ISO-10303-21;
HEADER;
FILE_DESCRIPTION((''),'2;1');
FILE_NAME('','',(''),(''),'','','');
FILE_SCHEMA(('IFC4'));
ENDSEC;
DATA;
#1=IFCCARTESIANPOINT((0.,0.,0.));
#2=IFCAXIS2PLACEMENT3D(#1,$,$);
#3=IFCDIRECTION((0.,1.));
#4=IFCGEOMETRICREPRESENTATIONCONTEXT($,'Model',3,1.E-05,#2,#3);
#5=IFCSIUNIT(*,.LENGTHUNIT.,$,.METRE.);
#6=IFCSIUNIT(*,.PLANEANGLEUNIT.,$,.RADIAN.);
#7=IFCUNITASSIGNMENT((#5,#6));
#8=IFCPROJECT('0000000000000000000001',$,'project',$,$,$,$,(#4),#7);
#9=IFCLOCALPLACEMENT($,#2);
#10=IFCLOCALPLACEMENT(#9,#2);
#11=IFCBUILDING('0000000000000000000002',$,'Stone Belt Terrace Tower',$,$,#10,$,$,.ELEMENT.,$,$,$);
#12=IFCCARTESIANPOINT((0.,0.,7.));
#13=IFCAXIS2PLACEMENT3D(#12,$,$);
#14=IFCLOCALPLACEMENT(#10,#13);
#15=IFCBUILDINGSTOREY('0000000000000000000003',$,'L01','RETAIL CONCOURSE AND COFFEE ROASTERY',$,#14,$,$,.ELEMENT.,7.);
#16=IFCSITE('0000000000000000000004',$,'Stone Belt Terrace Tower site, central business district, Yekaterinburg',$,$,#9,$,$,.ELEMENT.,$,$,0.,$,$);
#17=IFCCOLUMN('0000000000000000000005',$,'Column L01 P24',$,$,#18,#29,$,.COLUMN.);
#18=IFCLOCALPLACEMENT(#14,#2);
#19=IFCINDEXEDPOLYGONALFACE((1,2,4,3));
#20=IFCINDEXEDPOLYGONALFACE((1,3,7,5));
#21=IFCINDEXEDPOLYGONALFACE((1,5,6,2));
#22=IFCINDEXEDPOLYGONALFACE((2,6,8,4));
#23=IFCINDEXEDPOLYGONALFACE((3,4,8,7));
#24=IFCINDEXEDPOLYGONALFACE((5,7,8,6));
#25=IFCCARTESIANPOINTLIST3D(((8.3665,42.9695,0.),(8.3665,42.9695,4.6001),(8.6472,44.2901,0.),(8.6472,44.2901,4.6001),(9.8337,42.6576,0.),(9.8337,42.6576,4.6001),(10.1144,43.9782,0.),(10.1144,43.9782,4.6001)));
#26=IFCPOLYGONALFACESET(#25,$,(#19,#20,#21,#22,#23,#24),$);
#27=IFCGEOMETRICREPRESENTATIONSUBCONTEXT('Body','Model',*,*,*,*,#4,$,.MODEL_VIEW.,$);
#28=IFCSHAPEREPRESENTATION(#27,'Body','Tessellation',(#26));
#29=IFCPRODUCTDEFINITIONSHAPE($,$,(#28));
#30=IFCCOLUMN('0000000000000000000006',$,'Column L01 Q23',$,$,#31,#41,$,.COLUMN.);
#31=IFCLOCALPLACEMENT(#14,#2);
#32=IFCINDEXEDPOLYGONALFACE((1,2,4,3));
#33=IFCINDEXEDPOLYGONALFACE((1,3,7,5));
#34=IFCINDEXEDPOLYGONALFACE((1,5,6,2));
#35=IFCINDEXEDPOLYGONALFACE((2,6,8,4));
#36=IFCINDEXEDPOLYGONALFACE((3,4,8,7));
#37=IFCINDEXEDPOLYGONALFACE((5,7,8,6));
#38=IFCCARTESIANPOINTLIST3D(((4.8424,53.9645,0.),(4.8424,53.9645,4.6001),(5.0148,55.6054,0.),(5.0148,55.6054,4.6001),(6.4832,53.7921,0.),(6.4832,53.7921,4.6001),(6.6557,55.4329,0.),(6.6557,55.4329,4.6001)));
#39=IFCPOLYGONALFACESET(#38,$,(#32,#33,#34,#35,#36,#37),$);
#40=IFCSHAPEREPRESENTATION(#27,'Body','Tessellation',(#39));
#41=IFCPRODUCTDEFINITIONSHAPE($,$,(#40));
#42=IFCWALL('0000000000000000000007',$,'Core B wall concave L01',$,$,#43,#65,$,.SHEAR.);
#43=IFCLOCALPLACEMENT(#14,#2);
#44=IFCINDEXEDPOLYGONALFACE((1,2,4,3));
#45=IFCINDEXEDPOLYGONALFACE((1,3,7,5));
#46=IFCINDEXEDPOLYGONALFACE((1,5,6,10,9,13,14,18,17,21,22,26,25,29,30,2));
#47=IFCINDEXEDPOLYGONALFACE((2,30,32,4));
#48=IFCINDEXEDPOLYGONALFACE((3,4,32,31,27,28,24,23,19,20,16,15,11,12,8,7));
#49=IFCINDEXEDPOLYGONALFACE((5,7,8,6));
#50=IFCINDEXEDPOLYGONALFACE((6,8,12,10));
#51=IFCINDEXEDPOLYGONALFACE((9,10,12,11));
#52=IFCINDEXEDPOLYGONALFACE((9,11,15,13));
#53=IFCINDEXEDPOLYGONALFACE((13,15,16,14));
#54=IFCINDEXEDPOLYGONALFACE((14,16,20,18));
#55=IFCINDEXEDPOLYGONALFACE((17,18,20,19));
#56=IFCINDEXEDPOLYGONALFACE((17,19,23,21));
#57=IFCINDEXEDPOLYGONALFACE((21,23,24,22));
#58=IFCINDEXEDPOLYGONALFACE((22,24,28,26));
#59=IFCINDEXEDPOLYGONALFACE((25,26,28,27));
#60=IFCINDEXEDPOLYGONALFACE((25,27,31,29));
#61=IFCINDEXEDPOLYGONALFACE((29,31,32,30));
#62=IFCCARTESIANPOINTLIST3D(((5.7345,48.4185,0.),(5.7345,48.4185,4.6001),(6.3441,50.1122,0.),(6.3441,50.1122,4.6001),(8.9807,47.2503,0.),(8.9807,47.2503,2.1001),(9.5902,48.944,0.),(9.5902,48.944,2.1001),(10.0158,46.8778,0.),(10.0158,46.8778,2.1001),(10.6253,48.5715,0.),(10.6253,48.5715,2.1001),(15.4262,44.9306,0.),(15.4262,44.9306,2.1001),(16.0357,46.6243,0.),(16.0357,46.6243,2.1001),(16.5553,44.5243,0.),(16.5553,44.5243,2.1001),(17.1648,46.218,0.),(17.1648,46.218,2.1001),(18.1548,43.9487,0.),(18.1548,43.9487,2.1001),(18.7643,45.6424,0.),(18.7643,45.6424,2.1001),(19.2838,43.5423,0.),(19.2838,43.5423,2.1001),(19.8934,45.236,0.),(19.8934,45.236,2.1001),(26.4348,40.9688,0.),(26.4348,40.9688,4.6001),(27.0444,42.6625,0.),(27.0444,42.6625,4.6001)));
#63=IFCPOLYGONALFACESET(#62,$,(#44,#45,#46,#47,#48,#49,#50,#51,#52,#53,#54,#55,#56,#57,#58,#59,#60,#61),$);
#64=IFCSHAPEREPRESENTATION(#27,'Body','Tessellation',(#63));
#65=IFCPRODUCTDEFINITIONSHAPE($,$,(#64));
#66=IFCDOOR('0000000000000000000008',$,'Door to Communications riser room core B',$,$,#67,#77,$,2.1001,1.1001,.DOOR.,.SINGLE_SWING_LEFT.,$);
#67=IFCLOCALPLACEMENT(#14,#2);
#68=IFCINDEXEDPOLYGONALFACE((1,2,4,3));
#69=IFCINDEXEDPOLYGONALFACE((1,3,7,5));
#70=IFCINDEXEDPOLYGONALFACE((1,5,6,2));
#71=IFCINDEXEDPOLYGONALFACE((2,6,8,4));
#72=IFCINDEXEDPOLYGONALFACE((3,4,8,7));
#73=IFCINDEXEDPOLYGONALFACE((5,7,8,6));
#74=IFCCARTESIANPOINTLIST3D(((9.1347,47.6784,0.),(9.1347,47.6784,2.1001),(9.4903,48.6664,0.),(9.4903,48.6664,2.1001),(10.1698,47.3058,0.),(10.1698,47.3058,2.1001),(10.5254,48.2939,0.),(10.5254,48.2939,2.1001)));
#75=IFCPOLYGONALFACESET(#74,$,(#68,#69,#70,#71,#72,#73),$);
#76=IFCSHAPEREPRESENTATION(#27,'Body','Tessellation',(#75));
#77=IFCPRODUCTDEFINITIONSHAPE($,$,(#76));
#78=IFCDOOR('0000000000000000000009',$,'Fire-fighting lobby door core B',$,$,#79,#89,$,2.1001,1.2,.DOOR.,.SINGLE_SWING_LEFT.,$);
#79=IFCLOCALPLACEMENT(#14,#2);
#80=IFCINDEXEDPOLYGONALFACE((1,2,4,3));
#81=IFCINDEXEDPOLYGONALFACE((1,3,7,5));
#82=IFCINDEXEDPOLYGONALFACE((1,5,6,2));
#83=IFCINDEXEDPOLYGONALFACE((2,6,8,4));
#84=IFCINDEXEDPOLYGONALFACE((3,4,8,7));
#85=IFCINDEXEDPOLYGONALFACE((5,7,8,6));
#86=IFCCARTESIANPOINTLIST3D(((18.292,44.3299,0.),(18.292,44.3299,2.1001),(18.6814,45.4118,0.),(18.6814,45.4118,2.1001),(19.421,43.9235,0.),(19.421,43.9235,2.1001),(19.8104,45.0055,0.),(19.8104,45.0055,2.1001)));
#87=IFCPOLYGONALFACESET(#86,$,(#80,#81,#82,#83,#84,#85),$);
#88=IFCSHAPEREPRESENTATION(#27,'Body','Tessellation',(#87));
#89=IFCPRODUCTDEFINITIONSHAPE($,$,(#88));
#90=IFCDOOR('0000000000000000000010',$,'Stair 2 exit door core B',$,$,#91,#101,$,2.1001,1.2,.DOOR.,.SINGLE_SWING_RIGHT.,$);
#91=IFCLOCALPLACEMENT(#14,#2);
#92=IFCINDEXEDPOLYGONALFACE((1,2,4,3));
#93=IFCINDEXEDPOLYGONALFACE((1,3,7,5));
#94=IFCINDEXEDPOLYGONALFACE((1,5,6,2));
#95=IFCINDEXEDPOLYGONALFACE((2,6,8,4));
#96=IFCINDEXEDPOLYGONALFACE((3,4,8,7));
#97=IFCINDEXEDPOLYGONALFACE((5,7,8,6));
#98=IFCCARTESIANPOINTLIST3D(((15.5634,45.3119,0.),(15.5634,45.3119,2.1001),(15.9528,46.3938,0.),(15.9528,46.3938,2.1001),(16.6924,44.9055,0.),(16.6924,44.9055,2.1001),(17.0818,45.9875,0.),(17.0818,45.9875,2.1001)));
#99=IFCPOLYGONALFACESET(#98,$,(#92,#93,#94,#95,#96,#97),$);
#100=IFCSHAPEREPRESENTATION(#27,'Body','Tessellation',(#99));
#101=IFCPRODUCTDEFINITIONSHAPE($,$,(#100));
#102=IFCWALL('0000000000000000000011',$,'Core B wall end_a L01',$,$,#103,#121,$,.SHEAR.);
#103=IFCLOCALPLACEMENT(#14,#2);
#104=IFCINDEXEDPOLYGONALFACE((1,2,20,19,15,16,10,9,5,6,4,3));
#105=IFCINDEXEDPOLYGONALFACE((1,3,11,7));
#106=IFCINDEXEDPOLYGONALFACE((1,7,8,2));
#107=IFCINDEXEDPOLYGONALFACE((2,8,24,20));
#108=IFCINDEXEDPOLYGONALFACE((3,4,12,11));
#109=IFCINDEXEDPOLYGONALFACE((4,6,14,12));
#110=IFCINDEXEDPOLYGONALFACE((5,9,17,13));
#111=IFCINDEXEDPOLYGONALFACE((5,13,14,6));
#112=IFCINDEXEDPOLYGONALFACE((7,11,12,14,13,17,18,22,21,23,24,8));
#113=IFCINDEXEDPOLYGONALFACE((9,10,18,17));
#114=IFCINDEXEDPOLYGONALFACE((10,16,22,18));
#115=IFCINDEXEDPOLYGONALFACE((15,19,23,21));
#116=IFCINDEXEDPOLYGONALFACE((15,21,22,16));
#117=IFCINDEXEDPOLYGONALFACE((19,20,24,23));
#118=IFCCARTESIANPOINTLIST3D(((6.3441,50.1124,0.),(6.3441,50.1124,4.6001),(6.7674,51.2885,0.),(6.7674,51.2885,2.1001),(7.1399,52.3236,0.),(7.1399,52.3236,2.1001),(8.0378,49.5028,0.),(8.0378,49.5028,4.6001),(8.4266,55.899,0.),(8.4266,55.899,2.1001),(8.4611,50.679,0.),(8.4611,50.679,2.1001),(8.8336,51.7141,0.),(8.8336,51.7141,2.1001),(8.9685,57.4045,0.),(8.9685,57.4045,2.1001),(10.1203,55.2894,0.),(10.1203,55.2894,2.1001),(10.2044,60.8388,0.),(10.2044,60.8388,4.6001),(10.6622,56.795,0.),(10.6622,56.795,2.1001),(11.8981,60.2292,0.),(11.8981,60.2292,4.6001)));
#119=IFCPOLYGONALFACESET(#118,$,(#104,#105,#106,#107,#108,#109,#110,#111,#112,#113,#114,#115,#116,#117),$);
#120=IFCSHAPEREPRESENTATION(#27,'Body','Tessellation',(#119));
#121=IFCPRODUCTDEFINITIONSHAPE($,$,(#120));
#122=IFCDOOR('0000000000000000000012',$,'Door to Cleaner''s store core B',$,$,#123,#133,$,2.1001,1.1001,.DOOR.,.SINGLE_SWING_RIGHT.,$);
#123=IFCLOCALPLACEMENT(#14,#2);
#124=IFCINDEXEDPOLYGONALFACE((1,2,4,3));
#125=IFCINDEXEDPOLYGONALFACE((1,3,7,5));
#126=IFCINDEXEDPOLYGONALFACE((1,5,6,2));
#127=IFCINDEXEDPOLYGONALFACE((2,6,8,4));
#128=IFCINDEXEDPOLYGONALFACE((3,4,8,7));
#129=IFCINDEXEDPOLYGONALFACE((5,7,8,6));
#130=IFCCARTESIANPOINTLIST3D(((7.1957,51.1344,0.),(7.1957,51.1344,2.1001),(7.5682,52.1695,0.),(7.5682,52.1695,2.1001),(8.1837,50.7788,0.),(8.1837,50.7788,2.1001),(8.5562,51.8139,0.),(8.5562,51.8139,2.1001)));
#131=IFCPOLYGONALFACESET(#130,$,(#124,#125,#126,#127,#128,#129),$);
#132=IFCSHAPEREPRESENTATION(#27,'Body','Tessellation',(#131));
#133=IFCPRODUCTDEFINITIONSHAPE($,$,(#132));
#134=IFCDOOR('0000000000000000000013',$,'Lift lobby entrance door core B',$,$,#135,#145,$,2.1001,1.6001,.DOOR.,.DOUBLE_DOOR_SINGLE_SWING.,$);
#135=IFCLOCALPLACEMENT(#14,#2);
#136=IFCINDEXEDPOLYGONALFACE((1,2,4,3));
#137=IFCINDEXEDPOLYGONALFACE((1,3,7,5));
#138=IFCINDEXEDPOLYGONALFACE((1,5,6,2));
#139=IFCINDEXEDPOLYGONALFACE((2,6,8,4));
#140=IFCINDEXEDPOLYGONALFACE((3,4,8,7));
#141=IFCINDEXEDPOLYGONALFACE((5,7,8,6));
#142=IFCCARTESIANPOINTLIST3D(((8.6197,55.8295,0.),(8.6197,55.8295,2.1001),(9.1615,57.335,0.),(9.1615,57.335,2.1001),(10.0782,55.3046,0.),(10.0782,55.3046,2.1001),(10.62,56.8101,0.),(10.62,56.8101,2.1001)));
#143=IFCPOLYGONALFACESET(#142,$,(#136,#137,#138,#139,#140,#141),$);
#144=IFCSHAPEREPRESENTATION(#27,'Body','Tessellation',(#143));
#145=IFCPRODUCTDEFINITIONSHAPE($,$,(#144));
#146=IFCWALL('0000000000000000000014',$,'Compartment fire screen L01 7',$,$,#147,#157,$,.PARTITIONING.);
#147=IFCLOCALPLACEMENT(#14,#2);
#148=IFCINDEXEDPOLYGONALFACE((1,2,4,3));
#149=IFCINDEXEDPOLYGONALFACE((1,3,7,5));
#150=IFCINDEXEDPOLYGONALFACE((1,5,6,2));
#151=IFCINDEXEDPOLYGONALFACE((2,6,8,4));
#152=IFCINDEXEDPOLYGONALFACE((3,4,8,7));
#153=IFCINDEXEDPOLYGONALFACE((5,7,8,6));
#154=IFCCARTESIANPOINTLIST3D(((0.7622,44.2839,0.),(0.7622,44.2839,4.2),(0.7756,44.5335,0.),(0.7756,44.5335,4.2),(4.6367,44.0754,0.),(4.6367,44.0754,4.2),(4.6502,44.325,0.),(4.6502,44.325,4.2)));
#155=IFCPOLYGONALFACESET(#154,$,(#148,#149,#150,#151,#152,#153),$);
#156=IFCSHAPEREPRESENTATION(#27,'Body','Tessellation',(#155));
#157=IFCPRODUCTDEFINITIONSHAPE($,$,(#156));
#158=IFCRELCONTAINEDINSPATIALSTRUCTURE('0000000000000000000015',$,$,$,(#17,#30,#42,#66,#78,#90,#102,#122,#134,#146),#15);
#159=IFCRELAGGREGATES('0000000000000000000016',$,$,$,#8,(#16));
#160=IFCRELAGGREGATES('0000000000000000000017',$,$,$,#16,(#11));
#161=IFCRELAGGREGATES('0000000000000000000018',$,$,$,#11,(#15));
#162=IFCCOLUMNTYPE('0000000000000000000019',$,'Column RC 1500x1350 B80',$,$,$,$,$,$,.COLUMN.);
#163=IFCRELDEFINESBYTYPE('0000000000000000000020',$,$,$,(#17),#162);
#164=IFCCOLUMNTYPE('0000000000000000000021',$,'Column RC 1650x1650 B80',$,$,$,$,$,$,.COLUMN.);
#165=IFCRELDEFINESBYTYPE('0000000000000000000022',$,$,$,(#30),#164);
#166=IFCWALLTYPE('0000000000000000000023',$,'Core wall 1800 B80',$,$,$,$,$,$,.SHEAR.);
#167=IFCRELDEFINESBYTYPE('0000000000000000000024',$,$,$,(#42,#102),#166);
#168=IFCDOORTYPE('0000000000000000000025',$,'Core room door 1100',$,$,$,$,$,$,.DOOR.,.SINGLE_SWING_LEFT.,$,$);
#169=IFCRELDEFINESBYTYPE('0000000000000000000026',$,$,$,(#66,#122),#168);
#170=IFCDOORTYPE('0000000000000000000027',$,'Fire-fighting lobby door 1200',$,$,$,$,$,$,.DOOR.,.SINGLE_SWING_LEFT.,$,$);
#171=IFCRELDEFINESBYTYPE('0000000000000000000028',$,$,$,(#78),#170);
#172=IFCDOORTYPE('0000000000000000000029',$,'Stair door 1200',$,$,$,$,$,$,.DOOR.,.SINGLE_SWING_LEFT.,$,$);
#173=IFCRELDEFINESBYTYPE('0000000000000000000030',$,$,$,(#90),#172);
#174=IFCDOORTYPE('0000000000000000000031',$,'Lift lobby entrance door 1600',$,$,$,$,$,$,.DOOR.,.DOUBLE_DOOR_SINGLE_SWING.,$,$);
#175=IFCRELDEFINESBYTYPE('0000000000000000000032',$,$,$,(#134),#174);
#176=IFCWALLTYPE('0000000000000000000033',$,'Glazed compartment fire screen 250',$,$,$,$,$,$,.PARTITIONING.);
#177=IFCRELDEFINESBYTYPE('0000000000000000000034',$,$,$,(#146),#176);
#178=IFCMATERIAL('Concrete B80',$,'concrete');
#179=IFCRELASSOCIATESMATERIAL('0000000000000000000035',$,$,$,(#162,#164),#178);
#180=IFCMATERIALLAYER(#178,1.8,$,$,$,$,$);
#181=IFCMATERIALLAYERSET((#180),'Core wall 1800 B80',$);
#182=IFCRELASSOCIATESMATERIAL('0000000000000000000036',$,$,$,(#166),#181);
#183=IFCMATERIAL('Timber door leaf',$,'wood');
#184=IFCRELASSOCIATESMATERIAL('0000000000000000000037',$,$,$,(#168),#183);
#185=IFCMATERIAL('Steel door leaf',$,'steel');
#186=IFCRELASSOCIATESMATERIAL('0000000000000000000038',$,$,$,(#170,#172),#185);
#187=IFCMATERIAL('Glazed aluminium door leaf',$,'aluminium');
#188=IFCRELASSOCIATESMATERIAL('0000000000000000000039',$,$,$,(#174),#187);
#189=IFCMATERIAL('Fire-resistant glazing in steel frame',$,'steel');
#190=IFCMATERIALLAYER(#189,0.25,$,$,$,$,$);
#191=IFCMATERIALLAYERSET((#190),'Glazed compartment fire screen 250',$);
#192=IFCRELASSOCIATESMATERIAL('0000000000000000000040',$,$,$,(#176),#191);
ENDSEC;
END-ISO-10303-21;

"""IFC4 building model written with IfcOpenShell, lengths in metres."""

from ifc_helpers import new_model, si_unit, direction, frame, frame_2d, origin, origin_2d, place, context, subcontext, project, spatial, rectangle, extrude, material, layer, layer_set, material_profile, profile_set, type_object, element, fill, save


model = new_model("IFC4")

# Units and contexts
model_context = context("Model", 3, precision=1e-05, world=origin(), true_north=direction((0.0, 1.0)))
body_context = subcontext(model_context, "Body", "Model", "MODEL_VIEW")
ifc_project = project(units=[si_unit("LENGTHUNIT", "METRE"), si_unit("PLANEANGLEUNIT", "RADIAN")], contexts=[model_context])

# Site, building, storey
site_placement = place(None, origin())
site = spatial("IfcSite", under=ifc_project, at=site_placement, Name="Stone Belt Terrace Tower site, central business district, Yekaterinburg", CompositionType="ELEMENT", RefElevation=0.0)
building_placement = place(site_placement, origin())
building = spatial("IfcBuilding", under=site, at=building_placement, Name="Stone Belt Terrace Tower", CompositionType="ELEMENT")
storey_placement = place(building_placement, frame((0.0, 0.0, 7.0)))
storey = spatial("IfcBuildingStorey", under=building, at=storey_placement, Name="L01", Description="RETAIL CONCOURSE AND COFFEE ROASTERY", CompositionType="ELEMENT", Elevation=7.0)

# Columns
ifc_material_1 = material(Name="Concrete B80", Category="concrete")
ifc_material_profile_1 = material_profile(ifc_material_1, rectangle(XDim=1.5, YDim=1.3501, at=origin_2d()), Name="RC 1500x1350")
ifc_profile_set_1 = profile_set([ifc_material_profile_1], Name="Concrete B80")
column_type_1 = type_object("IfcColumnType", Name="Column RC 1500x1350 B80", PredefinedType="COLUMN", material=ifc_profile_set_1)
column_1_placement = place(storey_placement, frame((9.2405, 43.4739, 0.0), z_axis=(0.0, 0.0, 1.0), x_axis=(0.978148, -0.207912, 0.0)))
element("IfcColumn", 1, at=column_1_placement, inside=storey, type_object=column_type_1, Name="Column L01 P24", PredefinedType="COLUMN", context=body_context, shape_type="SweptSolid", body=[
    extrude(rectangle(XDim=1.5, YDim=1.3501, at=origin_2d()), origin(), (0.0, 0.0, 1.0), 4.6001),
])
ifc_material_profile_2 = material_profile(ifc_material_1, rectangle(XDim=1.6499, YDim=1.6499, at=origin_2d()), Name="RC 1650x1650")
ifc_profile_set_2 = profile_set([ifc_material_profile_2], Name="Concrete B80")
column_type_2 = type_object("IfcColumnType", Name="Column RC 1650x1650 B80", PredefinedType="COLUMN", material=ifc_profile_set_2)
column_2_placement = place(storey_placement, frame((5.749, 54.6987, 0.0), z_axis=(0.0, 0.0, 1.0), x_axis=(0.994522, -0.104528, 0.0)))
element("IfcColumn", 2, at=column_2_placement, inside=storey, type_object=column_type_2, Name="Column L01 Q23", PredefinedType="COLUMN", context=body_context, shape_type="SweptSolid", body=[
    extrude(rectangle(XDim=1.6499, YDim=1.6499, at=origin_2d()), origin(), (0.0, 0.0, 1.0), 4.6001),
])

# Walls, openings, doors
ifc_layer_1 = layer(ifc_material_1, 1.8)
ifc_layer_set_1 = layer_set([ifc_layer_1], Name="Core wall 1800 B80")
wall_type_1 = type_object("IfcWallType", Name="Core wall 1800 B80", PredefinedType="SHEAR", material=ifc_layer_set_1)
wall_1_placement = place(storey_placement, frame((6.0393, 49.2654, 0.0), z_axis=(0.0, 0.0, 1.0), x_axis=(0.940922, -0.338624, 0.0)))
wall_1 = element("IfcWall", 3, at=wall_1_placement, inside=storey, type_object=wall_type_1, Name="Core B wall concave L01", PredefinedType="SHEAR", context=body_context, shape_type="SweptSolid", body=[
    extrude(rectangle(XDim=22.0, YDim=1.8, at=frame_2d((11.0, 0.0))), origin(), (0.0, 0.0, 1.0), 4.6001),
])
opening_1_placement = place(wall_1_placement, frame((13.2, 0.0, 0.0)))
opening_1 = element("IfcOpeningElement", 4, at=opening_1_placement, cuts=wall_1, PredefinedType="OPENING", context=body_context, shape_type="SweptSolid", body=[
    extrude(rectangle(XDim=1.2, YDim=2.1001, at=frame_2d((0.6001, 1.05))), frame((0.0, 0.9099, 0.0), z_axis=(0.0, -1.0, 0.0), x_axis=(1.0, 0.0, 0.0)), (0.0, 0.0, 1.0), 1.8201),
])
opening_2_placement = place(wall_1_placement, frame((10.3, 0.0, 0.0)))
opening_2 = element("IfcOpeningElement", 5, at=opening_2_placement, cuts=wall_1, PredefinedType="OPENING", context=body_context, shape_type="SweptSolid", body=[
    extrude(rectangle(XDim=1.2, YDim=2.1001, at=frame_2d((0.6001, 1.05))), frame((0.0, 0.9099, 0.0), z_axis=(0.0, -1.0, 0.0), x_axis=(1.0, 0.0, 0.0)), (0.0, 0.0, 1.0), 1.8201),
])
opening_3_placement = place(wall_1_placement, frame((3.45, 0.0, 0.0)))
opening_3 = element("IfcOpeningElement", 6, at=opening_3_placement, cuts=wall_1, PredefinedType="OPENING", context=body_context, shape_type="SweptSolid", body=[
    extrude(rectangle(XDim=1.1001, YDim=2.1001, at=frame_2d((0.55, 1.05))), frame((0.0, 0.9099, 0.0), z_axis=(0.0, -1.0, 0.0), x_axis=(1.0, 0.0, 0.0)), (0.0, 0.0, 1.0), 1.8201),
])
ifc_material_2 = material(Name="Timber door leaf", Category="wood")
door_type_1 = type_object("IfcDoorType", Name="Core room door 1100", OperationType="SINGLE_SWING_LEFT", PredefinedType="DOOR", material=ifc_material_2)
door_1_placement = place(opening_3_placement, origin())
door_1 = element("IfcDoor", 7, at=door_1_placement, inside=storey, type_object=door_type_1, Name="Door to Communications riser room core B", OperationType="SINGLE_SWING_LEFT", OverallHeight=2.1001, OverallWidth=1.1001, PredefinedType="DOOR", context=body_context, shape_type="SweptSolid", body=[
    extrude(rectangle(XDim=1.1001, YDim=2.1001, at=frame_2d((0.55, 1.05))), frame((0.0, 0.605, 0.0), z_axis=(0.0, -1.0, 0.0), x_axis=(1.0, 0.0, 0.0)), (0.0, 0.0, 1.0), 1.05),
])
fill(opening_3, door_1)
ifc_material_3 = material(Name="Steel door leaf", Category="steel")
door_type_2 = type_object("IfcDoorType", Name="Fire-fighting lobby door 1200", OperationType="SINGLE_SWING_LEFT", PredefinedType="DOOR", material=ifc_material_3)
door_2_placement = place(opening_1_placement, origin())
door_2 = element("IfcDoor", 8, at=door_2_placement, inside=storey, type_object=door_type_2, Name="Fire-fighting lobby door core B", OperationType="SINGLE_SWING_LEFT", OverallHeight=2.1001, OverallWidth=1.2, PredefinedType="DOOR", context=body_context, shape_type="SweptSolid", body=[
    extrude(rectangle(XDim=1.2, YDim=2.1001, at=frame_2d((0.6001, 1.05))), frame((0.0, 0.655, 0.0), z_axis=(0.0, -1.0, 0.0), x_axis=(1.0, 0.0, 0.0)), (0.0, 0.0, 1.0), 1.1499),
])
fill(opening_1, door_2)
door_type_3 = type_object("IfcDoorType", Name="Stair door 1200", OperationType="SINGLE_SWING_LEFT", PredefinedType="DOOR", material=ifc_material_3)
door_3_placement = place(opening_2_placement, origin())
door_3 = element("IfcDoor", 9, at=door_3_placement, inside=storey, type_object=door_type_3, Name="Stair 2 exit door core B", OperationType="SINGLE_SWING_RIGHT", OverallHeight=2.1001, OverallWidth=1.2, PredefinedType="DOOR", context=body_context, shape_type="SweptSolid", body=[
    extrude(rectangle(XDim=1.2, YDim=2.1001, at=frame_2d((0.6001, 1.05))), frame((0.0, 0.655, 0.0), z_axis=(0.0, -1.0, 0.0), x_axis=(1.0, 0.0, 0.0)), (0.0, 0.0, 1.0), 1.1499),
])
fill(opening_2, door_3)
wall_2_placement = place(storey_placement, frame((7.1909, 49.8076, 0.0), z_axis=(0.0, 0.0, 1.0), x_axis=(0.338632, 0.940919, 0.0)))
wall_2 = element("IfcWall", 10, at=wall_2_placement, inside=storey, type_object=wall_type_1, Name="Core B wall end_a L01", PredefinedType="SHEAR", context=body_context, shape_type="SweptSolid", body=[
    extrude(rectangle(XDim=11.3999, YDim=1.8, at=frame_2d((5.7, 0.0))), origin(), (0.0, 0.0, 1.0), 4.6001),
])
opening_4_placement = place(wall_2_placement, frame((6.1499, 0.0, 0.0)))
opening_4 = element("IfcOpeningElement", 11, at=opening_4_placement, cuts=wall_2, PredefinedType="OPENING", context=body_context, shape_type="SweptSolid", body=[
    extrude(rectangle(XDim=1.6001, YDim=2.1001, at=frame_2d((0.8, 1.05))), frame((0.0, 0.9099, 0.0), z_axis=(0.0, -1.0, 0.0), x_axis=(1.0, 0.0, 0.0)), (0.0, 0.0, 1.0), 1.8201),
])
opening_5_placement = place(wall_2_placement, frame((1.25, 0.0, 0.0)))
opening_5 = element("IfcOpeningElement", 12, at=opening_5_placement, cuts=wall_2, PredefinedType="OPENING", context=body_context, shape_type="SweptSolid", body=[
    extrude(rectangle(XDim=1.1001, YDim=2.1001, at=frame_2d((0.55, 1.05))), frame((0.0, 0.9099, 0.0), z_axis=(0.0, -1.0, 0.0), x_axis=(1.0, 0.0, 0.0)), (0.0, 0.0, 1.0), 1.8201),
])
door_4_placement = place(opening_5_placement, origin())
door_4 = element("IfcDoor", 13, at=door_4_placement, inside=storey, type_object=door_type_1, Name="Door to Cleaner's store core B", OperationType="SINGLE_SWING_RIGHT", OverallHeight=2.1001, OverallWidth=1.1001, PredefinedType="DOOR", context=body_context, shape_type="SweptSolid", body=[
    extrude(rectangle(XDim=1.1001, YDim=2.1001, at=frame_2d((0.55, 1.05))), frame((0.0, 0.4448, 0.0), z_axis=(0.0, -1.0, 0.0), x_axis=(1.0, 0.0, 0.0)), (0.0, 0.0, 1.0), 1.05),
])
fill(opening_5, door_4)
ifc_material_4 = material(Name="Glazed aluminium door leaf", Category="aluminium")
door_type_4 = type_object("IfcDoorType", Name="Lift lobby entrance door 1600", OperationType="DOUBLE_DOOR_SINGLE_SWING", PredefinedType="DOOR", material=ifc_material_4)
door_5_placement = place(opening_4_placement, origin())
door_5 = element("IfcDoor", 14, at=door_5_placement, inside=storey, type_object=door_type_4, Name="Lift lobby entrance door core B", OperationType="DOUBLE_DOOR_SINGLE_SWING", OverallHeight=2.1001, OverallWidth=1.6001, PredefinedType="DOOR", context=body_context, shape_type="SweptSolid", body=[
    extrude(rectangle(XDim=1.6001, YDim=2.1001, at=frame_2d((0.8, 1.05))), frame((0.0, 0.6948, 0.0), z_axis=(0.0, -1.0, 0.0), x_axis=(1.0, 0.0, 0.0)), (0.0, 0.0, 1.0), 1.55),
])
fill(opening_4, door_5)

# Wall
ifc_material_5 = material(Name="Fire-resistant glazing in steel frame", Category="steel")
ifc_layer_2 = layer(ifc_material_5, 0.25)
ifc_layer_set_2 = layer_set([ifc_layer_2], Name="Glazed compartment fire screen 250")
wall_type_2 = type_object("IfcWallType", Name="Glazed compartment fire screen 250", PredefinedType="PARTITIONING", material=ifc_layer_set_2)
wall_3_placement = place(storey_placement, frame((0.769, 44.4087, 0.0), z_axis=(0.0, 0.0, 1.0), x_axis=(0.998555, -0.053734, 0.0)))
element("IfcWall", 15, at=wall_3_placement, inside=storey, type_object=wall_type_2, Name="Compartment fire screen L01 7", PredefinedType="PARTITIONING", context=body_context, shape_type="SweptSolid", body=[
    extrude(rectangle(XDim=3.8801, YDim=0.25, at=frame_2d((1.9399, 0.0))), origin(), (0.0, 0.0, 1.0), 4.2),
])

save(model, "model.ifc")
